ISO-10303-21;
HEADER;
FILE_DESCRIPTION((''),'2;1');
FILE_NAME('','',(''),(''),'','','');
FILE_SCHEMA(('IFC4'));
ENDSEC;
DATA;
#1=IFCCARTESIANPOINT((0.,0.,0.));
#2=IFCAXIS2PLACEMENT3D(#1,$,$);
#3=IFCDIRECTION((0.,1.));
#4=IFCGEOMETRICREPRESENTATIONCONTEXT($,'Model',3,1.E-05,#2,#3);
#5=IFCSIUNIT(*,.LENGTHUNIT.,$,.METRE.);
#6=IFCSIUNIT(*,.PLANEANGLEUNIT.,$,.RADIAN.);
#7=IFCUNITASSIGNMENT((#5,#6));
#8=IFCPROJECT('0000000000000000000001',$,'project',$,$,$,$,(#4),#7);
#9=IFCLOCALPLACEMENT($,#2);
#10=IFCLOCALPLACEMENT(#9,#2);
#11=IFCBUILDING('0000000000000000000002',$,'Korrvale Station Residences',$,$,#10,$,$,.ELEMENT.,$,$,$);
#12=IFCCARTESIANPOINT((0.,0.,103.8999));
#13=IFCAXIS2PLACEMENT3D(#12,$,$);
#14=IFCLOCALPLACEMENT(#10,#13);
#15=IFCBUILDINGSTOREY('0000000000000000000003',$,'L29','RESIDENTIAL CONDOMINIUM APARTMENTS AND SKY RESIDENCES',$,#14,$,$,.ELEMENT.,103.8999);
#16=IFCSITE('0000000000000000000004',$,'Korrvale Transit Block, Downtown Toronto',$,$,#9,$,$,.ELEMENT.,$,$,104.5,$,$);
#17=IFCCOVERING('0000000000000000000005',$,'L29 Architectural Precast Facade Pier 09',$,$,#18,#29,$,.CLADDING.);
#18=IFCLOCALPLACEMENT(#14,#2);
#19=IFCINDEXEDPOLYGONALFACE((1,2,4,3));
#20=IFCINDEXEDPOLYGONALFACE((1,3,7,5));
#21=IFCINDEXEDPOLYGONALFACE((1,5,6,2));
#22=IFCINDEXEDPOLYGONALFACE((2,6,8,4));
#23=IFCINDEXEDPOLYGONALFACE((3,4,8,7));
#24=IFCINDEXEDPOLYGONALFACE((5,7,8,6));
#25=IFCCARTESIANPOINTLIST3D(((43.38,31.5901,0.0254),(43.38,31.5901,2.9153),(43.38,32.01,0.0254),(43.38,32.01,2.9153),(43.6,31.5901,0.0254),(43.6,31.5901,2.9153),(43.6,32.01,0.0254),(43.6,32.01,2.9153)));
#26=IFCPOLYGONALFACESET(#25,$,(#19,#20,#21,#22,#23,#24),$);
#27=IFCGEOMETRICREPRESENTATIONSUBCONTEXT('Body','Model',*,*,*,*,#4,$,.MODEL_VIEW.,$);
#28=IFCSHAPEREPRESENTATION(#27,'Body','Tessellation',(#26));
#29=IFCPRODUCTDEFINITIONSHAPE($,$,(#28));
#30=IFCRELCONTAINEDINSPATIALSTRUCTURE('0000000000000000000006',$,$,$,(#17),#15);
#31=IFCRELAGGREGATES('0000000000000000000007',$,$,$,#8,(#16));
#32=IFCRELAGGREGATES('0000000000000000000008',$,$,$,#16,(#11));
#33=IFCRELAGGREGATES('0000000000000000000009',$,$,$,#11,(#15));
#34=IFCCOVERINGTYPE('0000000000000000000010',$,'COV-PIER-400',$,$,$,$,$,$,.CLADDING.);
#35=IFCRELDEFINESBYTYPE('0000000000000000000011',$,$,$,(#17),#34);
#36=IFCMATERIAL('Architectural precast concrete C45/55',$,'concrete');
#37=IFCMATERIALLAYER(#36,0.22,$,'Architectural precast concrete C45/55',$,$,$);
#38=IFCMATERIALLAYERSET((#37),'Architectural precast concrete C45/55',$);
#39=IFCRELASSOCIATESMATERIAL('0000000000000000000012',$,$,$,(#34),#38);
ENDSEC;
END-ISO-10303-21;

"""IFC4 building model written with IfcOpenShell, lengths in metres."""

from ifc_helpers import new_model, si_unit, direction, frame, origin, origin_2d, place, context, subcontext, project, spatial, rectangle, extrude, material, layer, layer_set, type_object, element, save


model = new_model("IFC4")

# Units and contexts
model_context = context("Model", 3, precision=1e-05, world=origin(), true_north=direction((0.0, 1.0)))
body_context = subcontext(model_context, "Body", "Model", "MODEL_VIEW")
ifc_project = project(units=[si_unit("LENGTHUNIT", "METRE"), si_unit("PLANEANGLEUNIT", "RADIAN")], contexts=[model_context])

# Site, building, storey
site_placement = place(None, origin())
site = spatial("IfcSite", under=ifc_project, at=site_placement, Name="Korrvale Transit Block, Downtown Toronto", CompositionType="ELEMENT", RefElevation=104.5)
building_placement = place(site_placement, origin())
building = spatial("IfcBuilding", under=site, at=building_placement, Name="Korrvale Station Residences", CompositionType="ELEMENT")
storey_placement = place(building_placement, frame((0.0, 0.0, 103.8999)))
storey = spatial("IfcBuildingStorey", under=building, at=storey_placement, Name="L29", Description="RESIDENTIAL CONDOMINIUM APARTMENTS AND SKY RESIDENCES", CompositionType="ELEMENT", Elevation=103.8999)

# Covering
ifc_material_1 = material(Name="Architectural precast concrete C45/55", Category="concrete")
ifc_layer_1 = layer(ifc_material_1, 0.22, Name="Architectural precast concrete C45/55")
ifc_layer_set_1 = layer_set([ifc_layer_1], Name="Architectural precast concrete C45/55")
covering_type = type_object("IfcCoveringType", Name="COV-PIER-400", PredefinedType="CLADDING", material=ifc_layer_set_1)
for number, where, z_axis, x_axis, name in (
    (1, (43.49, 31.8, 0.0254), (0.0, 0.0, 1.0), (0.0, 1.0, 0.0), "L29 Architectural Precast Facade Pier 09"),
):
    element("IfcCovering", number, at=place(storey_placement, frame(where, z_axis=z_axis, x_axis=x_axis)), inside=storey, type_object=covering_type, Name=name, PredefinedType="CLADDING", context=body_context, shape_type="SweptSolid", body=[
        extrude(rectangle(XDim=0.4199, YDim=0.22, at=origin_2d()), origin(), (0.0, 0.0, 1.0), 2.8899),
    ])

save(model, "model.ifc")
